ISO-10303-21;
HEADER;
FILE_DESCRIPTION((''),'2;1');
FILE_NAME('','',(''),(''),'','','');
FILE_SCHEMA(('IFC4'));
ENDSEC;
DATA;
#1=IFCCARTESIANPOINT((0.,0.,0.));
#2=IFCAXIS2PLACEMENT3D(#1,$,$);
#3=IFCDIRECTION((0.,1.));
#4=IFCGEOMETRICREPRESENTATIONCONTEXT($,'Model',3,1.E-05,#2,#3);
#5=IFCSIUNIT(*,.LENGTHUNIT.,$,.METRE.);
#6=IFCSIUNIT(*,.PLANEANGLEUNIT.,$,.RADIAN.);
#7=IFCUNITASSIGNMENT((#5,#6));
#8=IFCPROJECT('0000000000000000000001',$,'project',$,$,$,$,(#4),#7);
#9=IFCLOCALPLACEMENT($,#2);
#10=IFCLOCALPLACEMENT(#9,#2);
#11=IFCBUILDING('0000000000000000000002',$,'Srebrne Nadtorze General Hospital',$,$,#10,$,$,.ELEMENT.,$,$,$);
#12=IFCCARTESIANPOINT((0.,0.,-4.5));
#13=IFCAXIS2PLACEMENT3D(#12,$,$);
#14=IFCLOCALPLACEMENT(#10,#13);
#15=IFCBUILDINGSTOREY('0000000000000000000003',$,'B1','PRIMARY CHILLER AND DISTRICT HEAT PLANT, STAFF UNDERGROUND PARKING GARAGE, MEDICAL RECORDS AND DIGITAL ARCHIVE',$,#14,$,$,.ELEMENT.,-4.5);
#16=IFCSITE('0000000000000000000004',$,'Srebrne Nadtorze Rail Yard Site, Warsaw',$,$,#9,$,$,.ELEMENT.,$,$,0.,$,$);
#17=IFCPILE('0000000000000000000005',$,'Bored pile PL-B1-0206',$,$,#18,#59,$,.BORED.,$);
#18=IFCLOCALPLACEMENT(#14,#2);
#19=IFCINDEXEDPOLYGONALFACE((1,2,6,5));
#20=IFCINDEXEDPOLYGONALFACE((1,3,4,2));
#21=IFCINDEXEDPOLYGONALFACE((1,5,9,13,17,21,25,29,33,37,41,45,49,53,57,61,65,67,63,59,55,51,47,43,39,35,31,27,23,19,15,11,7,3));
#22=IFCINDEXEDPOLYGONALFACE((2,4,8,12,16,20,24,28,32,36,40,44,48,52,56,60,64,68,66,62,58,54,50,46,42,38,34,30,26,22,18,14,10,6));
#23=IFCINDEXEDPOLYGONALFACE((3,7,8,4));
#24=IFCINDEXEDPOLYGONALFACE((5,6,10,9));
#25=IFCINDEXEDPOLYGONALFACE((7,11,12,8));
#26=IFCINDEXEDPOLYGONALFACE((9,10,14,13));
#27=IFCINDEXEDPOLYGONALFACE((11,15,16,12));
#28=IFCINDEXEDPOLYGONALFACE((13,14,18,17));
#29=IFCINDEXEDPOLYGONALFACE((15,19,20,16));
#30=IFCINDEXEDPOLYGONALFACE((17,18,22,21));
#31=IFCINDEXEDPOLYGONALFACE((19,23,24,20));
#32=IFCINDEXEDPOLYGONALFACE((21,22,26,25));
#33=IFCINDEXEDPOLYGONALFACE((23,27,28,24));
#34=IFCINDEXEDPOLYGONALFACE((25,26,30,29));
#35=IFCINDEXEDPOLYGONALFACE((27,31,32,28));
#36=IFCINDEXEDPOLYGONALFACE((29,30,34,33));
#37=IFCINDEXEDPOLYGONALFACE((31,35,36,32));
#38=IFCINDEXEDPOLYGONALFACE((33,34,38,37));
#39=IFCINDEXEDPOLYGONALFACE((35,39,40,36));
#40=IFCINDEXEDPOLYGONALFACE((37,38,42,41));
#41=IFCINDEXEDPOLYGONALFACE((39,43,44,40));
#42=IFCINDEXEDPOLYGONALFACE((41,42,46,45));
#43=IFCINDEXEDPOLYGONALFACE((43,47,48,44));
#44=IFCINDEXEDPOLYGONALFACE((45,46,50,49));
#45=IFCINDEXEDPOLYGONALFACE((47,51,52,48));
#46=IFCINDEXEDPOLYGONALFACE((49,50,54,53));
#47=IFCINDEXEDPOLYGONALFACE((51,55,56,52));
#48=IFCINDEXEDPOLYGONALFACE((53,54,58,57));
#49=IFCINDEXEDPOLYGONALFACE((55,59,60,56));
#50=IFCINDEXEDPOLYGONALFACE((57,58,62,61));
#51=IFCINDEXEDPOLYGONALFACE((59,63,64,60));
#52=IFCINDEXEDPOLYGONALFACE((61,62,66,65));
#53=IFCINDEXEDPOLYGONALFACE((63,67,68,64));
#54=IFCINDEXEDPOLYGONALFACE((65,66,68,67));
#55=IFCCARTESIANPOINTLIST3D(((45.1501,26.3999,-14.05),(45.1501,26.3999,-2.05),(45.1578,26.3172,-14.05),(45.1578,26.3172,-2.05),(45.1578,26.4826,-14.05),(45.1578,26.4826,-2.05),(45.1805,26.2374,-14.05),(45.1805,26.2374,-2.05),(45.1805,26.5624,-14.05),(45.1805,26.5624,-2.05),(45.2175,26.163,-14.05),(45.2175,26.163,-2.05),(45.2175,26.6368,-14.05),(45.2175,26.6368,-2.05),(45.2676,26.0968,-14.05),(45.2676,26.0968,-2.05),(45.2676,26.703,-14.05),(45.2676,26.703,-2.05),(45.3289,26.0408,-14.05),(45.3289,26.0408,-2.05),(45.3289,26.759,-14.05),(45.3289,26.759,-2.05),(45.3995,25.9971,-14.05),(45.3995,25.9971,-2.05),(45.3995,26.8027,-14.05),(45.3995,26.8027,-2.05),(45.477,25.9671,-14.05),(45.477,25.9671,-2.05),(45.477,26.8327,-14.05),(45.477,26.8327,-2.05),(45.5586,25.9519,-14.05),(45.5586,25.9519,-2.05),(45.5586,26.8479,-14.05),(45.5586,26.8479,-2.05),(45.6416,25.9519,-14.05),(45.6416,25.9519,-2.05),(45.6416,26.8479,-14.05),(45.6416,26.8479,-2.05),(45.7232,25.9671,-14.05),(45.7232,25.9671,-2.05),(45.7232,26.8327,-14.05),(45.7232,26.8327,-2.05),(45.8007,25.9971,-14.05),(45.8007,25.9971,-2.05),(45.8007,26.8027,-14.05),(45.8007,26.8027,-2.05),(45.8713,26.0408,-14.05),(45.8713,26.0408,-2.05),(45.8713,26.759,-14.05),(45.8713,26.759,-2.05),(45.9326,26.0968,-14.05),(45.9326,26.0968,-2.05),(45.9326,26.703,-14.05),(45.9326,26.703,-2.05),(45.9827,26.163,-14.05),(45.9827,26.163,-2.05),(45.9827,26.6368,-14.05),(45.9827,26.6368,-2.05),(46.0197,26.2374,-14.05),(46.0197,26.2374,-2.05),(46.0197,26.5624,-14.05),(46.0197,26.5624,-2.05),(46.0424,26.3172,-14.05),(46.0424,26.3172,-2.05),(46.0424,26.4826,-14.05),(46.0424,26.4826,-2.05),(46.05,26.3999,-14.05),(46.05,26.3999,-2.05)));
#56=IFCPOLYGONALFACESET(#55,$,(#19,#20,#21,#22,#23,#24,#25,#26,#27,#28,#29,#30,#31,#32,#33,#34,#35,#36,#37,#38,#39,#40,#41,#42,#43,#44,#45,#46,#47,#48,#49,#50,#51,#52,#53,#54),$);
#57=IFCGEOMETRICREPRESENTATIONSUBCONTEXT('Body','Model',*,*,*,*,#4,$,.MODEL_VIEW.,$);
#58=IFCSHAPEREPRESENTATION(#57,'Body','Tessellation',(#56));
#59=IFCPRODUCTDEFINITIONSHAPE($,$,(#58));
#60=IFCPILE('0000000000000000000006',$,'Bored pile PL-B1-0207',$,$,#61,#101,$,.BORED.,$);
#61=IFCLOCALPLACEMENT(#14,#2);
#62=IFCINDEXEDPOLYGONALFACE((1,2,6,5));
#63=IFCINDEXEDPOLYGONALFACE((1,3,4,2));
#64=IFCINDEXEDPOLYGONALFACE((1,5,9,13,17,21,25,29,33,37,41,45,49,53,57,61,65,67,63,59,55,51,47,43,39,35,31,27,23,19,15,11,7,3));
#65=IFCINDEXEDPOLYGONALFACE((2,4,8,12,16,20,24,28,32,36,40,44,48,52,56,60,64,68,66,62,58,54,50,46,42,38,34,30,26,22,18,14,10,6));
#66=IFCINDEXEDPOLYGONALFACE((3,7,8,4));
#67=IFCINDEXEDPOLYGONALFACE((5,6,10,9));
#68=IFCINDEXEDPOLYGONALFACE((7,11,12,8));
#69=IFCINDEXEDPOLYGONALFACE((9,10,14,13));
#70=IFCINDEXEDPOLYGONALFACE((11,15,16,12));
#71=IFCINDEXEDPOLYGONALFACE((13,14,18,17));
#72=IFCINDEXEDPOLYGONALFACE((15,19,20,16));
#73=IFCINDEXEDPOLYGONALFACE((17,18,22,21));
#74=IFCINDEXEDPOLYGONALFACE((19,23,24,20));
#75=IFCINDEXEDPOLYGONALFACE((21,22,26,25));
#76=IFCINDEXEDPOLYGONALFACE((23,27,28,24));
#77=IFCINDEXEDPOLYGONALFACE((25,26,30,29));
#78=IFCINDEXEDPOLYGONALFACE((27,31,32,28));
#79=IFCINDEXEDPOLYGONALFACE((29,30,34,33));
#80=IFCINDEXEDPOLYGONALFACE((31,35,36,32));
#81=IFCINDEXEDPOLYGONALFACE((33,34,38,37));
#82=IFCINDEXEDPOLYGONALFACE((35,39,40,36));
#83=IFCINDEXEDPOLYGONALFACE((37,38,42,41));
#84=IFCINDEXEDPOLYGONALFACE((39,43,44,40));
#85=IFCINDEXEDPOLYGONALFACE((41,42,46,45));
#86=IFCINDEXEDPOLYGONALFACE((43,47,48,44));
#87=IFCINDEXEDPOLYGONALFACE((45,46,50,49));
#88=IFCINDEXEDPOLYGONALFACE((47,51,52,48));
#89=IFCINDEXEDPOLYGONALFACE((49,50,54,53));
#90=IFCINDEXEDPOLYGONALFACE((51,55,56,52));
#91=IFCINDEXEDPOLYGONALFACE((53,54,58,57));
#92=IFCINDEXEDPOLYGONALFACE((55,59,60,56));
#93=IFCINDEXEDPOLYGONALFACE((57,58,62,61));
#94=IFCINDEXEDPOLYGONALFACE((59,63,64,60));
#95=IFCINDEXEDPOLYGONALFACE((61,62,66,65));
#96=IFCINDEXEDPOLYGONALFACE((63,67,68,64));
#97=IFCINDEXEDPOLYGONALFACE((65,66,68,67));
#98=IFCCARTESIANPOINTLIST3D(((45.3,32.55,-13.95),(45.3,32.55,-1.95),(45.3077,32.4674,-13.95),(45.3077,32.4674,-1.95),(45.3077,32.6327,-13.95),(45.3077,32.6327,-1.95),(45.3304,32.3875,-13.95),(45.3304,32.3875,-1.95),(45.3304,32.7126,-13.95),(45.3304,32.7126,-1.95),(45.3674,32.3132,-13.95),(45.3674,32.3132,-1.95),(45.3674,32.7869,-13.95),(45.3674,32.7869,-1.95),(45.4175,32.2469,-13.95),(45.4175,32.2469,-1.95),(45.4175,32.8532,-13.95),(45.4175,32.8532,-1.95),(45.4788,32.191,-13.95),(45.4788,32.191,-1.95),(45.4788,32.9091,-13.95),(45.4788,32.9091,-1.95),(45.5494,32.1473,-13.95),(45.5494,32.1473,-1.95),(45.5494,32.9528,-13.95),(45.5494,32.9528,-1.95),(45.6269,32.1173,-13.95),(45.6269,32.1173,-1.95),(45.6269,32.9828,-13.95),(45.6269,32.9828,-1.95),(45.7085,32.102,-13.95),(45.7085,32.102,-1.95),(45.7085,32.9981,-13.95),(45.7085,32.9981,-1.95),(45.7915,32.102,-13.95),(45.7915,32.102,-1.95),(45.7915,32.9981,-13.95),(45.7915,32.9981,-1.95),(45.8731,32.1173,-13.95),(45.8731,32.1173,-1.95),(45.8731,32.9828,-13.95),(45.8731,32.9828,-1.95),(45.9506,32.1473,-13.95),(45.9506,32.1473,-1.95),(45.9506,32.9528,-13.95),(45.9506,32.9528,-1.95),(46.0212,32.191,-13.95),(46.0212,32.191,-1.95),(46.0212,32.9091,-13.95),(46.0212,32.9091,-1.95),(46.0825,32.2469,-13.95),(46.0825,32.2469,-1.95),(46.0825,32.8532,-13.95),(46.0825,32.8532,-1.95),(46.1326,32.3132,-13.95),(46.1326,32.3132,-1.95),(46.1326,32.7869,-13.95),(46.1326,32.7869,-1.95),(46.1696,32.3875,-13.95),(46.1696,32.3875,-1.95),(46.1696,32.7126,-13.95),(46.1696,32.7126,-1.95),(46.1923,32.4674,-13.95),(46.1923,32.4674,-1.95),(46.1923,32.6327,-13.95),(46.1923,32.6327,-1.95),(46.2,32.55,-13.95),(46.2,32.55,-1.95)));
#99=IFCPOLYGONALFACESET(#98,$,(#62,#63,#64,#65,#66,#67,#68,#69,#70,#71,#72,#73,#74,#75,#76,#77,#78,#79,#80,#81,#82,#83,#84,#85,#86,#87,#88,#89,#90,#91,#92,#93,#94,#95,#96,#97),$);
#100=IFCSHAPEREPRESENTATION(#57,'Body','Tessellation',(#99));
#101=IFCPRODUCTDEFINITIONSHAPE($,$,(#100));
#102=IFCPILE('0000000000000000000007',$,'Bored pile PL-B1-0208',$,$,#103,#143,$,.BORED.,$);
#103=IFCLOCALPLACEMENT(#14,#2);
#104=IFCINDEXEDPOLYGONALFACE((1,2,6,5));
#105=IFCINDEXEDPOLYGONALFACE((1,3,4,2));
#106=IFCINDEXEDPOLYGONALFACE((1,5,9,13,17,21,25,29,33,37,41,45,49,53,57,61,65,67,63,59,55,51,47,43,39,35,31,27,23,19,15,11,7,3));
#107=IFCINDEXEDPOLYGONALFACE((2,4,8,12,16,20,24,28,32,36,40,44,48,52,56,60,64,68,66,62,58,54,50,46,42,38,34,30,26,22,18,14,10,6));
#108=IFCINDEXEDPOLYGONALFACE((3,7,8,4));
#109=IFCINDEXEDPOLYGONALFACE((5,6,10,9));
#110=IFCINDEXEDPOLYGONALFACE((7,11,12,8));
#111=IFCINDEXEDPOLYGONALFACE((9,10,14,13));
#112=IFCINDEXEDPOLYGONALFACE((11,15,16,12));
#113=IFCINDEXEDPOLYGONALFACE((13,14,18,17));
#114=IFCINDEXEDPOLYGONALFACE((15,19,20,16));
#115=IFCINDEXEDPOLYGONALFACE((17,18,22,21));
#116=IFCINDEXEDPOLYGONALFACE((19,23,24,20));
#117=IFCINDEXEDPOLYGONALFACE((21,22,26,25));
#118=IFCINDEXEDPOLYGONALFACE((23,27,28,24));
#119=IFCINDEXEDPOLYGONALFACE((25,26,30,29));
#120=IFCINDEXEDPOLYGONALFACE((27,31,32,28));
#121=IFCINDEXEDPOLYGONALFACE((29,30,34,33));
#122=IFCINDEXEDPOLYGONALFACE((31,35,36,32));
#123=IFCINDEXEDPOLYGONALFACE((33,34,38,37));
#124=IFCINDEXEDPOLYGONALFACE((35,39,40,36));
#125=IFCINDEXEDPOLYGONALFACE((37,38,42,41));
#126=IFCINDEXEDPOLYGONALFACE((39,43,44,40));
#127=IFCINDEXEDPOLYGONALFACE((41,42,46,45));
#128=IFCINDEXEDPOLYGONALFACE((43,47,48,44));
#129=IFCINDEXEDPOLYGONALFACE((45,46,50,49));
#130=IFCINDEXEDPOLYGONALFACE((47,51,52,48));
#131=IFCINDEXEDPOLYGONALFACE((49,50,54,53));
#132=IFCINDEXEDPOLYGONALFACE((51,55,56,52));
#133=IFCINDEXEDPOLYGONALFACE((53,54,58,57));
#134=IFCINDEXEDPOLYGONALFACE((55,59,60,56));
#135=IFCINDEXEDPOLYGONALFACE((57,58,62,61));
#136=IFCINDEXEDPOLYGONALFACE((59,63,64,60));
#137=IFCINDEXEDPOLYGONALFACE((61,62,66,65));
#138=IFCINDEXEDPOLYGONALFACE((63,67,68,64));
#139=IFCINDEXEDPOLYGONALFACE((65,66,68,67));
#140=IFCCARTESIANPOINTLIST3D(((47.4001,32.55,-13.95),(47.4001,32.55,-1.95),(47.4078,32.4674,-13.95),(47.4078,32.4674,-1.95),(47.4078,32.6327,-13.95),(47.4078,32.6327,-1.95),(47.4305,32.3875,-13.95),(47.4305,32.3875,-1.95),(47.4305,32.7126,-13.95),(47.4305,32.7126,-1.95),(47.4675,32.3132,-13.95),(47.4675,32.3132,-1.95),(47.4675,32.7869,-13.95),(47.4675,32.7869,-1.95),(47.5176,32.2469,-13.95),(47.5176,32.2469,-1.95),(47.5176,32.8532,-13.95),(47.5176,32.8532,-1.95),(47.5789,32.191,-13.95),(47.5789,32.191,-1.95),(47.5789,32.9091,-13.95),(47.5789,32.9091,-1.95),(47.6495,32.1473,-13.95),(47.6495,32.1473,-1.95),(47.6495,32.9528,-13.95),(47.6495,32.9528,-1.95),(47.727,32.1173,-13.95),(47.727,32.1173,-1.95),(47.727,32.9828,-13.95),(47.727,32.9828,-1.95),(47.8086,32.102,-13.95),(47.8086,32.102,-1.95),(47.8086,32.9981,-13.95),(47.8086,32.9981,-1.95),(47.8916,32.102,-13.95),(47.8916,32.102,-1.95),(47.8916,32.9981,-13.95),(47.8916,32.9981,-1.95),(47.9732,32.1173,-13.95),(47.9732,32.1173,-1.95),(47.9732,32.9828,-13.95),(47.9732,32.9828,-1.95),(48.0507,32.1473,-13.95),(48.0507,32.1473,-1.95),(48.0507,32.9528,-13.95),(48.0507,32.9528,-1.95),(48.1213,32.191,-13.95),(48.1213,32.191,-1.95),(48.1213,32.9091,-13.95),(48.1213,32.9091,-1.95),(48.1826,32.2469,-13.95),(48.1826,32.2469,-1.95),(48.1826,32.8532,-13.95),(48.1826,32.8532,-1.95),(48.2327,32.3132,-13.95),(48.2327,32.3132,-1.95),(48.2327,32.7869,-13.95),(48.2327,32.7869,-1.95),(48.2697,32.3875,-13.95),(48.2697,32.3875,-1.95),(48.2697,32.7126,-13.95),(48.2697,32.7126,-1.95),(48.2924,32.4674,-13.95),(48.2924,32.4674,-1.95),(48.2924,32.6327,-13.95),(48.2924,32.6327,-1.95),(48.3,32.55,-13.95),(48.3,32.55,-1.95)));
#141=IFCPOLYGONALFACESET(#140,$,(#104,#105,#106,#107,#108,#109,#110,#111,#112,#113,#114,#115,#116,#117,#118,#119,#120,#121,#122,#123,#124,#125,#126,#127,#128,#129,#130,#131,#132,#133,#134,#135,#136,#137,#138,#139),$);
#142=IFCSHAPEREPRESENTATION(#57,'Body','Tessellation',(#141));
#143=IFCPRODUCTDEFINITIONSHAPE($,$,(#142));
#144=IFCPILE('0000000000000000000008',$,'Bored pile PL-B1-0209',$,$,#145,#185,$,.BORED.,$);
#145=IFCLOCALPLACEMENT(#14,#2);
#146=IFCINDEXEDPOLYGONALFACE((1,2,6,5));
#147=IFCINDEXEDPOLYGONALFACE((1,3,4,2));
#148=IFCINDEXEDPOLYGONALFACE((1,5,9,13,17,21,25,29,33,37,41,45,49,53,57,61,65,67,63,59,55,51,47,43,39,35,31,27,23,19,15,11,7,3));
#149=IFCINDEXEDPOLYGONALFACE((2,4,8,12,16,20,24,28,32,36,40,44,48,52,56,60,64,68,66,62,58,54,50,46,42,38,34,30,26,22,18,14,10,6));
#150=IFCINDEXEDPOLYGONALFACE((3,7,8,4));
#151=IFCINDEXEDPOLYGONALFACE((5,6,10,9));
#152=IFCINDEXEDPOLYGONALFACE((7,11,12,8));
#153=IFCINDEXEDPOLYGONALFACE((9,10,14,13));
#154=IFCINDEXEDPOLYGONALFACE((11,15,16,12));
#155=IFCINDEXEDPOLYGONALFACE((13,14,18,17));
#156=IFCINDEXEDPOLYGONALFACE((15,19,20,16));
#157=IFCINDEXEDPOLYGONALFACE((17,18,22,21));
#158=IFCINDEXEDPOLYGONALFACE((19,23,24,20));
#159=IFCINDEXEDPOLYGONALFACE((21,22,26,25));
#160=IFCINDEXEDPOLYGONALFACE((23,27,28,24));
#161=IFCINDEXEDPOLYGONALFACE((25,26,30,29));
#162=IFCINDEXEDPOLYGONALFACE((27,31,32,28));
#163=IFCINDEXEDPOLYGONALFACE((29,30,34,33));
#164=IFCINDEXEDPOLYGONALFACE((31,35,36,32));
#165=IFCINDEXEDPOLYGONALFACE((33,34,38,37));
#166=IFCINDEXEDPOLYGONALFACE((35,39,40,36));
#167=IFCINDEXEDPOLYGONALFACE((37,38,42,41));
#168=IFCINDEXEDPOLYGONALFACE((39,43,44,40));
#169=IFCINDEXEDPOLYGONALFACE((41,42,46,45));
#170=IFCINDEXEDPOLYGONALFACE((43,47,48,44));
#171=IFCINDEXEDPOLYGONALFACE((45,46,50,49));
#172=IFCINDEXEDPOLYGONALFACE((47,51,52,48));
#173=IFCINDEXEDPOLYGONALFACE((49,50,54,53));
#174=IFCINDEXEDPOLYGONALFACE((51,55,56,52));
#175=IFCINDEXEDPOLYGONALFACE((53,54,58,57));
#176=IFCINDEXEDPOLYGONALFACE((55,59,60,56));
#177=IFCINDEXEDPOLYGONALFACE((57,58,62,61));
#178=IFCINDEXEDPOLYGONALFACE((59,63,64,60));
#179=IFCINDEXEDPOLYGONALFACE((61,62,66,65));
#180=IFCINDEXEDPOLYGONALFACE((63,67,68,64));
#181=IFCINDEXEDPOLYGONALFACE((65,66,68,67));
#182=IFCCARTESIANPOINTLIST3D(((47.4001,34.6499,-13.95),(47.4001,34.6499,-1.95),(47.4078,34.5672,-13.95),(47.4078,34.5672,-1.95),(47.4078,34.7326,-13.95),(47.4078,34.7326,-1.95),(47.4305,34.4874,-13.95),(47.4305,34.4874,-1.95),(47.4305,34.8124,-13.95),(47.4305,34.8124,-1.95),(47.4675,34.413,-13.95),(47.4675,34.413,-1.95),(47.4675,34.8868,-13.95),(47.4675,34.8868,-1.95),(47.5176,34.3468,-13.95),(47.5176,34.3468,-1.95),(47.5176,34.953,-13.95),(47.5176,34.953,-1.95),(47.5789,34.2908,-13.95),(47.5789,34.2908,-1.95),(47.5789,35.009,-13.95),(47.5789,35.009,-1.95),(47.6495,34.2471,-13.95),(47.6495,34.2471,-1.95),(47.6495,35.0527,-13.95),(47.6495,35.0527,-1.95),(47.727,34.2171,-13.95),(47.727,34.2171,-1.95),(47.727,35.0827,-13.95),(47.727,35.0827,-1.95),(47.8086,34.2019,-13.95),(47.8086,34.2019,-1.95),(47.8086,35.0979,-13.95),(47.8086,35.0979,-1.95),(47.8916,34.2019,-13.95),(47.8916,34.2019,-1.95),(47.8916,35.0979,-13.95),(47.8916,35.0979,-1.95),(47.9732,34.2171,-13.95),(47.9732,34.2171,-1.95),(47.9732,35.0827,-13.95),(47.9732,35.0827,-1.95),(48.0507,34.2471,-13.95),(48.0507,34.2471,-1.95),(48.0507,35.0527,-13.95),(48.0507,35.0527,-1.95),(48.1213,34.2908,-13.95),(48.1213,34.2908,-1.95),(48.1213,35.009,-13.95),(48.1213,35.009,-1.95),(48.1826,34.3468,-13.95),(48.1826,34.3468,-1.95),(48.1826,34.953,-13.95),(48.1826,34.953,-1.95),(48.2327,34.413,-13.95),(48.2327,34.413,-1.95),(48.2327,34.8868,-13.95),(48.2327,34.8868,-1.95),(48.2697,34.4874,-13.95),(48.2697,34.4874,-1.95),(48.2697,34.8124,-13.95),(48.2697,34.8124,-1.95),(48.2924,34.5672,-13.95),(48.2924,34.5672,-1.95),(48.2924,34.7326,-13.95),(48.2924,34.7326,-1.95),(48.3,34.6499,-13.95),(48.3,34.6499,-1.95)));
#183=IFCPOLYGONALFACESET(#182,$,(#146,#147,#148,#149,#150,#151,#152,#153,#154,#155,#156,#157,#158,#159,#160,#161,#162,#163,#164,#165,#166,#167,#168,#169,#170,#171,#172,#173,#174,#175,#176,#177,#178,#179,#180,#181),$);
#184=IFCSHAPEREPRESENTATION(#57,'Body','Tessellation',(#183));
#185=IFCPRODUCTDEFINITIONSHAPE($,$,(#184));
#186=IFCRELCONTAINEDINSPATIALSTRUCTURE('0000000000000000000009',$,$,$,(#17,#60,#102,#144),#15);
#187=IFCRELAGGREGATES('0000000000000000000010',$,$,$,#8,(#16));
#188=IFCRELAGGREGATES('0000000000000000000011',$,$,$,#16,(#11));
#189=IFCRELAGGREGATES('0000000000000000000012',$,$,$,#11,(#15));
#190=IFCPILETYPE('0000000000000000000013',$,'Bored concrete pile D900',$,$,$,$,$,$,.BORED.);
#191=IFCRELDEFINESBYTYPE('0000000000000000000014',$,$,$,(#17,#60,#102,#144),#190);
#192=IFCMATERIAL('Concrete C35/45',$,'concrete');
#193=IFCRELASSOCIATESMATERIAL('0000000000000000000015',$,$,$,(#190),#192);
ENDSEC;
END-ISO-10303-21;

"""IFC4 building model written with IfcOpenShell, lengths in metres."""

from ifc_helpers import new_model, si_unit, direction, frame, origin, origin_2d, place, context, subcontext, project, spatial, circle, extrude, material, material_profile, profile_set, type_object, element, save


model = new_model("IFC4")

# Units and contexts
model_context = context("Model", 3, precision=1e-05, world=origin(), true_north=direction((0.0, 1.0)))
body_context = subcontext(model_context, "Body", "Model", "MODEL_VIEW")
ifc_project = project(units=[si_unit("LENGTHUNIT", "METRE"), si_unit("PLANEANGLEUNIT", "RADIAN")], contexts=[model_context])

# Site, building, storey
site_placement = place(None, origin())
site = spatial("IfcSite", under=ifc_project, at=site_placement, Name="Srebrne Nadtorze Rail Yard Site, Warsaw", CompositionType="ELEMENT", RefElevation=0.0)
building_placement = place(site_placement, origin())
building = spatial("IfcBuilding", under=site, at=building_placement, Name="Srebrne Nadtorze General Hospital", CompositionType="ELEMENT")
storey_placement = place(building_placement, frame((0.0, 0.0, -4.5)))
storey = spatial("IfcBuildingStorey", under=building, at=storey_placement, Name="B1", Description="PRIMARY CHILLER AND DISTRICT HEAT PLANT, STAFF UNDERGROUND PARKING GARAGE, MEDICAL RECORDS AND DIGITAL ARCHIVE", CompositionType="ELEMENT", Elevation=-4.5)

# Piles
ifc_material_1 = material(Name="Concrete C35/45", Category="concrete")
ifc_material_profile_1 = material_profile(ifc_material_1, circle(Radius=0.45, at=origin_2d()), Name="PILE-D900")
ifc_profile_set_1 = profile_set([ifc_material_profile_1], Name="Concrete C35/45")
pile_type_1 = type_object("IfcPileType", Name="Bored concrete pile D900", PredefinedType="BORED", material=ifc_profile_set_1)
for number, where, z_axis, x_axis, name in (
    (1, (45.6001, 26.3999, -2.05), (0.0, 0.0, -1.0), (1.0, 0.0, 0.0), "Bored pile PL-B1-0206"),
    (2, (45.75, 32.55, -1.95), (0.0, 0.0, -1.0), (1.0, 0.0, 0.0), "Bored pile PL-B1-0207"),
    (3, (47.8501, 32.55, -1.95), (0.0, 0.0, -1.0), (1.0, 0.0, 0.0), "Bored pile PL-B1-0208"),
    (4, (47.8501, 34.6499, -1.95), (0.0, 0.0, -1.0), (1.0, 0.0, 0.0), "Bored pile PL-B1-0209"),
):
    element("IfcPile", number, at=place(storey_placement, frame(where, z_axis=z_axis, x_axis=x_axis)), inside=storey, type_object=pile_type_1, Name=name, PredefinedType="BORED", context=body_context, shape_type="SweptSolid", body=[
        extrude(circle(Radius=0.45, at=origin_2d()), origin(), (0.0, 0.0, 1.0), 12.0),
    ])

save(model, "model.ifc")
